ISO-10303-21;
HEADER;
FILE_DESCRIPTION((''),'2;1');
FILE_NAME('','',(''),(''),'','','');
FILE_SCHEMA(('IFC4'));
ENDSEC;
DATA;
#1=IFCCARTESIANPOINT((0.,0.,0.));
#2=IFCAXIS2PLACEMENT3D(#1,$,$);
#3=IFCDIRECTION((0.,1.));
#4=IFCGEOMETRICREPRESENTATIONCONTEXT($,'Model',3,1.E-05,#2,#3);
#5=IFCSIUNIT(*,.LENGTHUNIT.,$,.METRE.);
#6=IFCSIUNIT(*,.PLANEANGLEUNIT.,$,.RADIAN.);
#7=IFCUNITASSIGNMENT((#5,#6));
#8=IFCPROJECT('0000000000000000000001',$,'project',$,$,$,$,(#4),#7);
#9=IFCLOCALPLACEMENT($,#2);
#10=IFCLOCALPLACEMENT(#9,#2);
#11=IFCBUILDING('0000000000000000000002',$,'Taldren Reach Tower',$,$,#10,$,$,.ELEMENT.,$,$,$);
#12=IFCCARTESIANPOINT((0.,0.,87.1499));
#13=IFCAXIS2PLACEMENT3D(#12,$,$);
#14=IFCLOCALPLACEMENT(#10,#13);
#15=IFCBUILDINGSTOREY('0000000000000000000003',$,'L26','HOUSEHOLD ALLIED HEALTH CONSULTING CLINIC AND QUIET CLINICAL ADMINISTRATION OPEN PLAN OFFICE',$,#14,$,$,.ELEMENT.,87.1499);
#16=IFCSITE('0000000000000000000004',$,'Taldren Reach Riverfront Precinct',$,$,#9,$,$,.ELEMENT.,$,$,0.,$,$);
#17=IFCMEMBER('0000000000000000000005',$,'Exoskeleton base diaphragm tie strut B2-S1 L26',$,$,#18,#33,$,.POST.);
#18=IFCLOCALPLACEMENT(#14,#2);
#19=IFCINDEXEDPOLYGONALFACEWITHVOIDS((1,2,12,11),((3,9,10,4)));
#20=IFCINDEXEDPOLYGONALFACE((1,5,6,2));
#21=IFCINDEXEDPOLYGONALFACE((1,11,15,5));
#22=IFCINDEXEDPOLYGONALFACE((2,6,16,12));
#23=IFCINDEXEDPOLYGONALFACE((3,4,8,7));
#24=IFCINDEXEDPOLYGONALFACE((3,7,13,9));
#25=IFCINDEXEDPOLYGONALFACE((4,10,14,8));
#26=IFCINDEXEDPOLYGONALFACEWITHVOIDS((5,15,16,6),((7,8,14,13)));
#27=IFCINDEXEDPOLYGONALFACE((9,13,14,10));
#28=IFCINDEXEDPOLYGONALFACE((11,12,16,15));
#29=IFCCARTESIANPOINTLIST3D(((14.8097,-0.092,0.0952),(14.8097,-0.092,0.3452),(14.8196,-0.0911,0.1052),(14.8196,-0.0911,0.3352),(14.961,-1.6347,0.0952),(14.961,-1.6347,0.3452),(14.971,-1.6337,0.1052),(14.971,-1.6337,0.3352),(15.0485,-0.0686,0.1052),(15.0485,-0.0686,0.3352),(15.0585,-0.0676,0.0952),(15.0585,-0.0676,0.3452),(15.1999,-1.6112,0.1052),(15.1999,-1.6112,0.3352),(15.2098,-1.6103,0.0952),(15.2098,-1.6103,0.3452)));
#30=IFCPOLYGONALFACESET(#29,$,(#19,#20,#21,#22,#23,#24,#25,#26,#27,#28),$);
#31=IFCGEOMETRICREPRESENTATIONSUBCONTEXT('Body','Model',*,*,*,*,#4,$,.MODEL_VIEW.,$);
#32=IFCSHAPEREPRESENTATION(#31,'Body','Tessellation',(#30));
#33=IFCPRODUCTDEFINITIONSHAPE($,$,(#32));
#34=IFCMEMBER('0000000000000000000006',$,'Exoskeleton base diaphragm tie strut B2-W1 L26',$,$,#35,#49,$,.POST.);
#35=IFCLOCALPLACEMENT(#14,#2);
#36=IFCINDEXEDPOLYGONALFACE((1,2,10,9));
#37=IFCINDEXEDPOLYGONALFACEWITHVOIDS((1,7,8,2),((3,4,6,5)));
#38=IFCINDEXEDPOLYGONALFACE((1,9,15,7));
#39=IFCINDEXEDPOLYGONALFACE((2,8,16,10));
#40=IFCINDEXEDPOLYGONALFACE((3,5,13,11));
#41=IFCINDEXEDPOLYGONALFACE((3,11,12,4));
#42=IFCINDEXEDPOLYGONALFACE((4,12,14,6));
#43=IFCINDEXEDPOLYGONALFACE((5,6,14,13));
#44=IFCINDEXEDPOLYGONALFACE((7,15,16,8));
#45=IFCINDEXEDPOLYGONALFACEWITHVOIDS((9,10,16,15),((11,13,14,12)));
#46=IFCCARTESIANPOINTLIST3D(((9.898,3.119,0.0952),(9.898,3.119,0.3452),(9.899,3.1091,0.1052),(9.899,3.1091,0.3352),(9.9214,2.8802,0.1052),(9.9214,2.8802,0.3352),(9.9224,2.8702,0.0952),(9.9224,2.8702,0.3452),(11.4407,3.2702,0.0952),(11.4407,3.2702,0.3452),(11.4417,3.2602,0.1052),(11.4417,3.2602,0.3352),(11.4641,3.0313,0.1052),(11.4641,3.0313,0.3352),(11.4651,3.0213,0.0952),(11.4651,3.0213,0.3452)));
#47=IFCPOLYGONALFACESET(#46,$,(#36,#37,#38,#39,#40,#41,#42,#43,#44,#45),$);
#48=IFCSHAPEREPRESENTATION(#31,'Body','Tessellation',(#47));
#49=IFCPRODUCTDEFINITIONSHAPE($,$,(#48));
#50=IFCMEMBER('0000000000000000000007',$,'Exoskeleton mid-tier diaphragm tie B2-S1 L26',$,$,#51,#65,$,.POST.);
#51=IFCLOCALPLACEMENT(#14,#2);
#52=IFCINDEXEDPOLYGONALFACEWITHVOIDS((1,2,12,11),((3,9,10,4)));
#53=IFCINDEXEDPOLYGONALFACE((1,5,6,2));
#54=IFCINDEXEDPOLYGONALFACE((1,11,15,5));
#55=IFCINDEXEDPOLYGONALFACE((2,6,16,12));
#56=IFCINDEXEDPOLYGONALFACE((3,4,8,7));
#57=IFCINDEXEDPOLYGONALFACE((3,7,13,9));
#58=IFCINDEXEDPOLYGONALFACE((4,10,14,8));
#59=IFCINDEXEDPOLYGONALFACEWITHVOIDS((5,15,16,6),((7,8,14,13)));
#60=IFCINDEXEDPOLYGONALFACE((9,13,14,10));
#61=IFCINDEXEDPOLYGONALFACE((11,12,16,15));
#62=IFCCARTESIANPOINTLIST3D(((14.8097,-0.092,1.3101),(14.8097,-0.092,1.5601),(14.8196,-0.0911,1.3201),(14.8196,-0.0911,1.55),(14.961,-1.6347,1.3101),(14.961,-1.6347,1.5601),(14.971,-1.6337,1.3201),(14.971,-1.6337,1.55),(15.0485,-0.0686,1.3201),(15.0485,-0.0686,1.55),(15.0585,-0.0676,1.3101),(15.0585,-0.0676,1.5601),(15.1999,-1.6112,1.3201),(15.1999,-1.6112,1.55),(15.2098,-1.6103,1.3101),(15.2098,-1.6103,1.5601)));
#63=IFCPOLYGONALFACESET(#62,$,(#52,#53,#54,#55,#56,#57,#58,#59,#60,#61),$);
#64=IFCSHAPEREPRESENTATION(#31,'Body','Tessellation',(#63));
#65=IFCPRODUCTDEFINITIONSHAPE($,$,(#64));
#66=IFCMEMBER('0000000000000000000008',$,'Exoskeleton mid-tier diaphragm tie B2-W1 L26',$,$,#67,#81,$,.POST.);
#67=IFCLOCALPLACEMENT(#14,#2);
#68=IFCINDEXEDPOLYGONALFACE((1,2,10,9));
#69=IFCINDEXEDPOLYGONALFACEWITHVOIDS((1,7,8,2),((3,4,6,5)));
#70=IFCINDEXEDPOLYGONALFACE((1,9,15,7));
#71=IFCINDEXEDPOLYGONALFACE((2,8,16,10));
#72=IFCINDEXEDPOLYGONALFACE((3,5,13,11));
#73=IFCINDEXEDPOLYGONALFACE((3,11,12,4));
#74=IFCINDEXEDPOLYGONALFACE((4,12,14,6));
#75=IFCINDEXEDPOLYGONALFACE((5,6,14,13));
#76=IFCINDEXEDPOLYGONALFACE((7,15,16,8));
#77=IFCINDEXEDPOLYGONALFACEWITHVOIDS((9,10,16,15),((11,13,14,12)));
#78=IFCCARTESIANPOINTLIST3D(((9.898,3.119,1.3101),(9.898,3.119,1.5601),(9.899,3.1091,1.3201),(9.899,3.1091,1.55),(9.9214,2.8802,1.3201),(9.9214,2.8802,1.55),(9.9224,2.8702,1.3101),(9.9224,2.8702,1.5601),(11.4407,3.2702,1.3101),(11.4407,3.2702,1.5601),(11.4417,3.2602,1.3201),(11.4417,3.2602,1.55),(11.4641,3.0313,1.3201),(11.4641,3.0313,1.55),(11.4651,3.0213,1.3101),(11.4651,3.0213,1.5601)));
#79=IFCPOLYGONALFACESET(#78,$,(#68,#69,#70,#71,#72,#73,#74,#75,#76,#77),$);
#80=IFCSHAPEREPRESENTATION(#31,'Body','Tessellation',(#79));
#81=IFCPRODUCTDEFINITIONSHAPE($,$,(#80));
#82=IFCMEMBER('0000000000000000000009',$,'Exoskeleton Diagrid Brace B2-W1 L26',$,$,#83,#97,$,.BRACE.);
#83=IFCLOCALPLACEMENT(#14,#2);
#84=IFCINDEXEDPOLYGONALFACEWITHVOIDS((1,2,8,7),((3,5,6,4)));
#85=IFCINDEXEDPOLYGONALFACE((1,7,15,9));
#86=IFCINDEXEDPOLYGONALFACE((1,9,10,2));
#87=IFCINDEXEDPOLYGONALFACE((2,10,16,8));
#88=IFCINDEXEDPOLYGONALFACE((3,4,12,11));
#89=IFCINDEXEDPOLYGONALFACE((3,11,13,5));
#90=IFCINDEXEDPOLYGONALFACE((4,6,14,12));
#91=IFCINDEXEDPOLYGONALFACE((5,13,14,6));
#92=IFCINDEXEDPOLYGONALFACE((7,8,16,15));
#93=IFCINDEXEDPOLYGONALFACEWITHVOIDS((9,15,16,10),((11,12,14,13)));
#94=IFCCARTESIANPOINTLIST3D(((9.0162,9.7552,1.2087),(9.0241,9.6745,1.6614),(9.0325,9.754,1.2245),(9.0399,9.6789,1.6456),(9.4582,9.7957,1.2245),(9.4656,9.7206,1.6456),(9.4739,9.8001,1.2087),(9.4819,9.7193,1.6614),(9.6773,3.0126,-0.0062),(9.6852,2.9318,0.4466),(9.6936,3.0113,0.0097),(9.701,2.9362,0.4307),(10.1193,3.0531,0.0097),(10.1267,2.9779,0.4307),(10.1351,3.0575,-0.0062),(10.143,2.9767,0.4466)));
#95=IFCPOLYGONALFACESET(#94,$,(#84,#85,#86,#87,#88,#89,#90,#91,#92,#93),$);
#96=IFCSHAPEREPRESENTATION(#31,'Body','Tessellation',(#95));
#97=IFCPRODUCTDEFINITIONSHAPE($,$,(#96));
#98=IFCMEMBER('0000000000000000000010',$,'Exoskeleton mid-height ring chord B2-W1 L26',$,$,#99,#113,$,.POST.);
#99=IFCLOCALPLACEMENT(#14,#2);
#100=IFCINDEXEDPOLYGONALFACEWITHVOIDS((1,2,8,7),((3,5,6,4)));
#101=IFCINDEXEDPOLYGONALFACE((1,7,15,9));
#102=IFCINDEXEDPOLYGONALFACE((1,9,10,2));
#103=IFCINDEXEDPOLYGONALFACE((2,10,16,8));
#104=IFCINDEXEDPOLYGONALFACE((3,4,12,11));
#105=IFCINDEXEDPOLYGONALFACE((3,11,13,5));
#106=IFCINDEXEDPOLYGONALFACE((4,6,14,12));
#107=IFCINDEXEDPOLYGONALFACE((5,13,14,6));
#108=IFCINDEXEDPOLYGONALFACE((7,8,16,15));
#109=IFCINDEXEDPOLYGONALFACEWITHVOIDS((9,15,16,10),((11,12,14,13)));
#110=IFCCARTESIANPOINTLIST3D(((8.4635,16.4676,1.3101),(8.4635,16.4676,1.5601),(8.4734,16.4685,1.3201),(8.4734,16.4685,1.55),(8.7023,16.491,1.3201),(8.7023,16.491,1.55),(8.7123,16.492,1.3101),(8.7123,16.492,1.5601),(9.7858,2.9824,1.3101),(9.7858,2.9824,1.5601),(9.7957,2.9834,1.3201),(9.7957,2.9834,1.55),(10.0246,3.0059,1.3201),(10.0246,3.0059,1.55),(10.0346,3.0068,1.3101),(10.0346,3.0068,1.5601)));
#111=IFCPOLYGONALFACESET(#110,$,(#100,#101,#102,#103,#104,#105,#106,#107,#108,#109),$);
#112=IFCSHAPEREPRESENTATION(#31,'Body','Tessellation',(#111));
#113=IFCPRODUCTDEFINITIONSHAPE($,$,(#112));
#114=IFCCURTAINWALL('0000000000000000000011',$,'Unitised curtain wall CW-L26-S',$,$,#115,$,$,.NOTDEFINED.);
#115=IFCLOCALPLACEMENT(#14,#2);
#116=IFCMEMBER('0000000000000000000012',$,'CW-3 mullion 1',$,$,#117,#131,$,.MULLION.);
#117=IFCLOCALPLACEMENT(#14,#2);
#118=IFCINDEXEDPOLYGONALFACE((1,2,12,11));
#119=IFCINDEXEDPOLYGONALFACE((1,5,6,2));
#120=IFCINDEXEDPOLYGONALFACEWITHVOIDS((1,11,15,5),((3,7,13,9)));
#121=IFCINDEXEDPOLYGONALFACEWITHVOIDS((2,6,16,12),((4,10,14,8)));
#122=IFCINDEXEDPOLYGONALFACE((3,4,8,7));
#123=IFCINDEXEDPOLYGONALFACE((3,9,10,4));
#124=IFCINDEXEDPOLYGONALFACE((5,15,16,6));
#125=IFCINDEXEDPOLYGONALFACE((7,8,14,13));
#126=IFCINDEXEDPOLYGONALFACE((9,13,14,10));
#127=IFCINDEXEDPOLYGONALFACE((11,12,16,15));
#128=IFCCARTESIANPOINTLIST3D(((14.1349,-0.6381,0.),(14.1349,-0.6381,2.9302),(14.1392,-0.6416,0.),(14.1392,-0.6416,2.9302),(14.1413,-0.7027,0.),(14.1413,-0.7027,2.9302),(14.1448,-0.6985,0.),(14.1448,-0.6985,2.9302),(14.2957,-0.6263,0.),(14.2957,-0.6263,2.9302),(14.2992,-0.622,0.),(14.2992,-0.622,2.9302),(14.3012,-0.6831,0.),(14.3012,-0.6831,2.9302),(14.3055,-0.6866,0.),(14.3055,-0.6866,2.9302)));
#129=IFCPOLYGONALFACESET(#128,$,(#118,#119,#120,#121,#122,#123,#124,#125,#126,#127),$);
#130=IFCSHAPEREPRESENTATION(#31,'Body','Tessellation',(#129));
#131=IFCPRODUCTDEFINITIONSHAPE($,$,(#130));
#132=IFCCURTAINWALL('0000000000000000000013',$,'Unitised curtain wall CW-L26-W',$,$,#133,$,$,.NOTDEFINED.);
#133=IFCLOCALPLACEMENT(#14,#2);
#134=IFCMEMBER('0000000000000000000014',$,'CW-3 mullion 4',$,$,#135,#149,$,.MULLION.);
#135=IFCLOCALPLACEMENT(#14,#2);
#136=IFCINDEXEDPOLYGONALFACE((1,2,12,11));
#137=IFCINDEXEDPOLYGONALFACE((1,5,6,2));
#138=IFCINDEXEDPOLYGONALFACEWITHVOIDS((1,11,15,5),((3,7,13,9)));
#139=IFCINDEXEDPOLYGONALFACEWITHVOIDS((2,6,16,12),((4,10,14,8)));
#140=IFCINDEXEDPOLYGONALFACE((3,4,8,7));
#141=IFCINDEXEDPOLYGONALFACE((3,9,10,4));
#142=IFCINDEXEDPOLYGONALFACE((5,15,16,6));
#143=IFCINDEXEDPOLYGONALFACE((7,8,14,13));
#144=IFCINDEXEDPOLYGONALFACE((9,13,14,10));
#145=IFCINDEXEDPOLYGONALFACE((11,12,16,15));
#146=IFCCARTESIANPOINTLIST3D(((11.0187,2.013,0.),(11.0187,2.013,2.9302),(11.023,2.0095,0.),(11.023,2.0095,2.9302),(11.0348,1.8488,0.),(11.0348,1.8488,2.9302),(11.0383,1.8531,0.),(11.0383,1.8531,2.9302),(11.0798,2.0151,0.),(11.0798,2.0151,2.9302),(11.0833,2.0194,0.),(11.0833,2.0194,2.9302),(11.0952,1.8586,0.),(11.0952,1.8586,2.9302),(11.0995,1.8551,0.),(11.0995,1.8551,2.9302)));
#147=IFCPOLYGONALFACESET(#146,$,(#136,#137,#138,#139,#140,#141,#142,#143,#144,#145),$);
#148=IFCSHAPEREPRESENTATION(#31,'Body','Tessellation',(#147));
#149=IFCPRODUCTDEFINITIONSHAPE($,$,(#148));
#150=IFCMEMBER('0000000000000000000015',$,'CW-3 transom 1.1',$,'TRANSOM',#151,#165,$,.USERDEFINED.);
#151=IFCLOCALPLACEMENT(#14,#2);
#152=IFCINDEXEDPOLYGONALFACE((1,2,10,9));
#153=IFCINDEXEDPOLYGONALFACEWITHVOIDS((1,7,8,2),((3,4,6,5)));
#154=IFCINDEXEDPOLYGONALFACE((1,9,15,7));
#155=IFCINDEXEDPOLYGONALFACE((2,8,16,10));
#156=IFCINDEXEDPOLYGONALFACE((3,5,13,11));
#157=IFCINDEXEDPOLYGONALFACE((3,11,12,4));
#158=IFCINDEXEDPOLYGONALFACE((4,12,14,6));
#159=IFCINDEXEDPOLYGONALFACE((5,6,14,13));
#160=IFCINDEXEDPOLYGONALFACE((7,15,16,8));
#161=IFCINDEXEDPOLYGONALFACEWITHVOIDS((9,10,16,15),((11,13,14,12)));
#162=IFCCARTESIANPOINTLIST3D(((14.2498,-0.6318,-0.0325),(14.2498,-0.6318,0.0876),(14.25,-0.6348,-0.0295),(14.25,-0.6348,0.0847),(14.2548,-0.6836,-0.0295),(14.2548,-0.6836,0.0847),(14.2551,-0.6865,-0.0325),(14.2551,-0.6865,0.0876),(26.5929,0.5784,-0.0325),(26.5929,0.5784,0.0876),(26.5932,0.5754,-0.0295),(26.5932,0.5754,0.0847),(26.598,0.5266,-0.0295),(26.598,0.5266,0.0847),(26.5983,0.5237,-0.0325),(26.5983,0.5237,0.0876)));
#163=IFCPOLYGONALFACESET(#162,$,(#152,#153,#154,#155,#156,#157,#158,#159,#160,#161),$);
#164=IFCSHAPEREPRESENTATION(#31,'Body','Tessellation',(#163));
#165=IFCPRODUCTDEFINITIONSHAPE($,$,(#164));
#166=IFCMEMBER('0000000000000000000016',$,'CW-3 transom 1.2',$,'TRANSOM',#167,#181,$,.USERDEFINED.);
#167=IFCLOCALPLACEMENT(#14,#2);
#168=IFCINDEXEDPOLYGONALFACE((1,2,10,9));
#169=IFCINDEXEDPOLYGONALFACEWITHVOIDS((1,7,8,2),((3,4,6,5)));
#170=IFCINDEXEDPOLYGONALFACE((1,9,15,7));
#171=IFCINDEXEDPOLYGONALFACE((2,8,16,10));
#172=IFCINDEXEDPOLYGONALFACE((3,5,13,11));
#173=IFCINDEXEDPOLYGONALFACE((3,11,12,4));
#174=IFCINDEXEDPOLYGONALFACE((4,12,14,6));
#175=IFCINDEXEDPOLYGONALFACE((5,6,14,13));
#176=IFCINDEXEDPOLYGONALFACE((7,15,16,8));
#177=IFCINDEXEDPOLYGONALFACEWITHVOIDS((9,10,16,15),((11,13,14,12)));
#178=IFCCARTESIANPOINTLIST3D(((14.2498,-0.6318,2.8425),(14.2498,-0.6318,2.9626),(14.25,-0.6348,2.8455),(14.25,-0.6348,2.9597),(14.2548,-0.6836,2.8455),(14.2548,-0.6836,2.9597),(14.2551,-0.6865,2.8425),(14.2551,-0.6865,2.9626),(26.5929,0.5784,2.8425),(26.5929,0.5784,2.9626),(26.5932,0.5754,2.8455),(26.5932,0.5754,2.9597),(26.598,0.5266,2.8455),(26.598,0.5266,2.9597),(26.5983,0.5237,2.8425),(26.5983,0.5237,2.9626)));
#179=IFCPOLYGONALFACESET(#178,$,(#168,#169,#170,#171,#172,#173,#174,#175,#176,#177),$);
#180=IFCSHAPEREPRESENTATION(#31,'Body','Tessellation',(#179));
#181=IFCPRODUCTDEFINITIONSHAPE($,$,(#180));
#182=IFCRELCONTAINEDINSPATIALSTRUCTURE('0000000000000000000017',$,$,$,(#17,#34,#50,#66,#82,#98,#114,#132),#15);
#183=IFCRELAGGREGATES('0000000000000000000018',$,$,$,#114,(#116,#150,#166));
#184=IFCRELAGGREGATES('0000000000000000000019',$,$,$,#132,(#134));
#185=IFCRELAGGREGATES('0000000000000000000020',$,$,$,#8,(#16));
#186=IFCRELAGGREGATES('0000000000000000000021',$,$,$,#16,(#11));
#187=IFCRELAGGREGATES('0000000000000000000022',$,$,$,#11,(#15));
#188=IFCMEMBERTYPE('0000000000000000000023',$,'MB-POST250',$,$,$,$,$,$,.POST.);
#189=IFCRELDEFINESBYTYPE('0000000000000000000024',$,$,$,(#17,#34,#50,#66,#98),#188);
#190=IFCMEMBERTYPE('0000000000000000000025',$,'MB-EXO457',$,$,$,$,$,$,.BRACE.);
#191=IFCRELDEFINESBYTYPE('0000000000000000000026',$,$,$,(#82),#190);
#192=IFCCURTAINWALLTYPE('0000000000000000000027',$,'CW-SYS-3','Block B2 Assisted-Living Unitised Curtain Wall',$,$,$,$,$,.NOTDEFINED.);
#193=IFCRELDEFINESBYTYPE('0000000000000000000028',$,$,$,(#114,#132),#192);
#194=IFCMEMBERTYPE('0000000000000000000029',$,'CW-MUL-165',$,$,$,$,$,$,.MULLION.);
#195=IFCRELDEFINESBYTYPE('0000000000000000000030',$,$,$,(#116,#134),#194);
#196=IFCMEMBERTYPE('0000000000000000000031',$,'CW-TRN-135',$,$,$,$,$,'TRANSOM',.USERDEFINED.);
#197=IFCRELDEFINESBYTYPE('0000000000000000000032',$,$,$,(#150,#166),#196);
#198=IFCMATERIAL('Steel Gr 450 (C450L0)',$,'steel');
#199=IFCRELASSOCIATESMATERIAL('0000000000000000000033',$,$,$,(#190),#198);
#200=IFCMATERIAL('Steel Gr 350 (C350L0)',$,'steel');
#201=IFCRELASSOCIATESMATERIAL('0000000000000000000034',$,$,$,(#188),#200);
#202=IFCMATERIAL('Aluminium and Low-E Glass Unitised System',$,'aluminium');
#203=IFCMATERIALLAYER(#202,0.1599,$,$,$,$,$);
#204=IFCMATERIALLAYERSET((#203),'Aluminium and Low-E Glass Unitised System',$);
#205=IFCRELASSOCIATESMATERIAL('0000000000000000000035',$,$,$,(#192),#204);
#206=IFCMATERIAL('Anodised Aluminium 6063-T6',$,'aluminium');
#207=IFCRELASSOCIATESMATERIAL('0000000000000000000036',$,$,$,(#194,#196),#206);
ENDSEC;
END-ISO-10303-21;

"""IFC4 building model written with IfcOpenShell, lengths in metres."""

from ifc_helpers import new_model, si_unit, direction, frame, origin, origin_2d, place, context, subcontext, project, spatial, hollow_rectangle, extrude, source, transform, mapped, material, layer, layer_set, material_profile, profile_set, type_object, element, aggregate, save


model = new_model("IFC4")

# Units and contexts
model_context = context("Model", 3, precision=1e-05, world=origin(), true_north=direction((0.0, 1.0)))
body_context = subcontext(model_context, "Body", "Model", "MODEL_VIEW")
ifc_project = project(units=[si_unit("LENGTHUNIT", "METRE"), si_unit("PLANEANGLEUNIT", "RADIAN")], contexts=[model_context])

# Site, building, storey
site_placement = place(None, origin())
site = spatial("IfcSite", under=ifc_project, at=site_placement, Name="Taldren Reach Riverfront Precinct", CompositionType="ELEMENT", RefElevation=0.0)
building_placement = place(site_placement, origin())
building = spatial("IfcBuilding", under=site, at=building_placement, Name="Taldren Reach Tower", CompositionType="ELEMENT")
storey_placement = place(building_placement, frame((0.0, 0.0, 87.1499)))
storey = spatial("IfcBuildingStorey", under=building, at=storey_placement, Name="L26", Description="HOUSEHOLD ALLIED HEALTH CONSULTING CLINIC AND QUIET CLINICAL ADMINISTRATION OPEN PLAN OFFICE", CompositionType="ELEMENT", Elevation=87.1499)

# Members
ifc_material_1 = material(Name="Steel Gr 450 (C450L0)", Category="steel")
ifc_material_profile_1 = material_profile(ifc_material_1, hollow_rectangle(XDim=0.46, YDim=0.46, WallThickness=0.0161, at=origin_2d()), Name="460x460x16.0SHS")
ifc_profile_set_1 = profile_set([ifc_material_profile_1], Name="Steel Gr 450 (C450L0)")
member_type_1 = type_object("IfcMemberType", Name="MB-EXO457", PredefinedType="BRACE", material=ifc_profile_set_1)
ifc_material_2 = material(Name="Steel Gr 350 (C350L0)", Category="steel")
ifc_material_profile_2 = material_profile(ifc_material_2, hollow_rectangle(XDim=0.25, YDim=0.25, WallThickness=0.01, at=origin_2d()), Name="250x250x10.0SHS")
ifc_profile_set_2 = profile_set([ifc_material_profile_2], Name="Steel Gr 350 (C350L0)")
member_type_2 = type_object("IfcMemberType", Name="MB-POST250", PredefinedType="POST", material=ifc_profile_set_2)
shared_shape_1 = source(origin(), body_context, "Body", "SweptSolid", [
    extrude(hollow_rectangle(XDim=0.25, YDim=0.25, WallThickness=0.01, at=origin_2d()), origin(), (0.0, 0.0, 1.0), 1.55),
])
for number, where, z_axis, x_axis, name in (
    (1, (14.9341, -0.0798, 0.2202), (0.097648, -0.995221, 0.0), (0.995221, 0.097648, 0.0), "Exoskeleton base diaphragm tie strut B2-S1 L26"),
    (2, (11.4529, 3.1458, 0.2202), (-0.995236, -0.097492, 0.0), (0.097492, -0.995236, 0.0), "Exoskeleton base diaphragm tie strut B2-W1 L26"),
    (3, (14.9341, -0.0798, 1.4351), (0.097648, -0.995221, 0.0), (0.995221, 0.097648, 0.0), "Exoskeleton mid-tier diaphragm tie B2-S1 L26"),
    (4, (11.4529, 3.1458, 1.4351), (-0.995236, -0.097492, 0.0), (0.097492, -0.995236, 0.0), "Exoskeleton mid-tier diaphragm tie B2-W1 L26"),
):
    element("IfcMember", number, at=place(storey_placement, frame(where, z_axis=z_axis, x_axis=x_axis)), inside=storey, type_object=member_type_2, Name=name, PredefinedType="POST", context=body_context, shape_type="MappedRepresentation", body=[
        mapped(shared_shape_1, transform((0.0, 0.0, 0.0), scale=1.0)),
    ])
shared_shape_2 = source(origin(), body_context, "Body", "SweptSolid", [
    extrude(hollow_rectangle(XDim=0.46, YDim=0.46, WallThickness=0.0161, at=origin_2d()), origin(), (0.0, 0.0, 1.0), 6.8831),
])
member_1_placement = place(storey_placement, frame((9.9102, 2.9946, 0.2202), z_axis=(-0.096052, 0.979603, 0.176497), x_axis=(-0.995227, -0.097584, 0.0)))
element("IfcMember", 5, at=member_1_placement, inside=storey, type_object=member_type_1, Name="Exoskeleton Diagrid Brace B2-W1 L26", PredefinedType="BRACE", context=body_context, shape_type="MappedRepresentation", body=[
    mapped(shared_shape_2, transform((0.0, 0.0, 0.0), scale=1.0)),
])
shared_shape_3 = source(origin(), body_context, "Body", "SweptSolid", [
    extrude(hollow_rectangle(XDim=0.25, YDim=0.25, WallThickness=0.01, at=origin_2d()), origin(), (0.0, 0.0, 1.0), 13.5498),
])
member_2_placement = place(storey_placement, frame((9.9102, 2.9946, 1.4351), z_axis=(-0.097586, 0.995227, 0.0), x_axis=(-0.995227, -0.097586, 0.0)))
element("IfcMember", 6, at=member_2_placement, inside=storey, type_object=member_type_2, Name="Exoskeleton mid-height ring chord B2-W1 L26", PredefinedType="POST", context=body_context, shape_type="MappedRepresentation", body=[
    mapped(shared_shape_3, transform((0.0, 0.0, 0.0), scale=1.0)),
])

# Curtain walls, members
ifc_material_3 = material(Name="Aluminium and Low-E Glass Unitised System", Category="aluminium")
ifc_layer_1 = layer(ifc_material_3, 0.1599)
ifc_layer_set_1 = layer_set([ifc_layer_1], Name="Aluminium and Low-E Glass Unitised System")
curtain_wall_type = type_object("IfcCurtainWallType", Name="CW-SYS-3", Description="Block B2 Assisted-Living Unitised Curtain Wall", PredefinedType="NOTDEFINED", material=ifc_layer_set_1)
curtain_wall_1_placement = place(storey_placement, origin())
curtain_wall_1 = element("IfcCurtainWall", 7, at=curtain_wall_1_placement, inside=storey, type_object=curtain_wall_type, Name="Unitised curtain wall CW-L26-S", PredefinedType="NOTDEFINED")
ifc_material_4 = material(Name="Anodised Aluminium 6063-T6", Category="aluminium")
ifc_material_profile_3 = material_profile(ifc_material_4, hollow_rectangle(XDim=0.0649, YDim=0.165, WallThickness=0.0039, at=origin_2d()), Name="ALU-165x65x4RHS")
ifc_profile_set_3 = profile_set([ifc_material_profile_3], Name="Anodised Aluminium 6063-T6")
member_type_3 = type_object("IfcMemberType", Name="CW-MUL-165", PredefinedType="MULLION", material=ifc_profile_set_3)
shared_shape_4 = source(origin(), body_context, "Body", "SweptSolid", [
    extrude(hollow_rectangle(XDim=0.0649, YDim=0.165, WallThickness=0.0039, at=origin_2d()), origin(), (0.0, 0.0, 1.0), 2.9302),
])
member_3_placement = place(storey_placement, frame((14.2202, -0.6624, 0.0), z_axis=(0.0, 0.0, 1.0), x_axis=(-0.097583, 0.995227, 0.0)))
member_3 = element("IfcMember", 8, at=member_3_placement, type_object=member_type_3, Name="CW-3 mullion 1", PredefinedType="MULLION", context=body_context, shape_type="MappedRepresentation", body=[
    mapped(shared_shape_4, transform((0.0, 0.0, 0.0), scale=1.0)),
])
curtain_wall_2_placement = place(storey_placement, origin())
curtain_wall_2 = element("IfcCurtainWall", 9, at=curtain_wall_2_placement, inside=storey, type_object=curtain_wall_type, Name="Unitised curtain wall CW-L26-W", PredefinedType="NOTDEFINED")
member_4_placement = place(storey_placement, frame((11.0591, 1.9341, 0.0), z_axis=(0.0, 0.0, 1.0), x_axis=(0.995227, 0.097583, 0.0)))
member_4 = element("IfcMember", 10, at=member_4_placement, type_object=member_type_3, Name="CW-3 mullion 4", PredefinedType="MULLION", context=body_context, shape_type="MappedRepresentation", body=[
    mapped(shared_shape_4, transform((0.0, 0.0, 0.0), scale=1.0)),
])

# Members
ifc_material_profile_4 = material_profile(ifc_material_4, hollow_rectangle(XDim=0.0549, YDim=0.1201, WallThickness=0.0029, at=origin_2d()), Name="ALU-120x55x3RHS")
ifc_profile_set_4 = profile_set([ifc_material_profile_4], Name="Anodised Aluminium 6063-T6")
member_type_4 = type_object("IfcMemberType", Name="CW-TRN-135", ElementType="TRANSOM", PredefinedType="USERDEFINED", material=ifc_profile_set_4)
shared_shape_5 = source(origin(), body_context, "Body", "SweptSolid", [
    extrude(hollow_rectangle(XDim=0.0549, YDim=0.1201, WallThickness=0.0029, at=origin_2d()), origin(), (0.0, 0.0, 1.0), 12.4023),
])
member_5_placement = place(storey_placement, frame((14.2524, -0.6592, 0.0276), z_axis=(0.995228, 0.097578, 0.0), x_axis=(-0.097578, 0.995228, 0.0)))
member_5 = element("IfcMember", 11, at=member_5_placement, type_object=member_type_4, Name="CW-3 transom 1.1", ObjectType="TRANSOM", PredefinedType="USERDEFINED", context=body_context, shape_type="MappedRepresentation", body=[
    mapped(shared_shape_5, transform((0.0, 0.0, 0.0), scale=1.0)),
])
member_6_placement = place(storey_placement, frame((14.2524, -0.6592, 2.9026), z_axis=(0.995228, 0.097578, 0.0), x_axis=(-0.097578, 0.995228, 0.0)))
member_6 = element("IfcMember", 12, at=member_6_placement, type_object=member_type_4, Name="CW-3 transom 1.2", ObjectType="TRANSOM", PredefinedType="USERDEFINED", context=body_context, shape_type="MappedRepresentation", body=[
    mapped(shared_shape_5, transform((0.0, 0.0, 0.0), scale=1.0)),
])
aggregate(curtain_wall_1, [member_3, member_5, member_6])

aggregate(curtain_wall_2, [member_4])

save(model, "model.ifc")
